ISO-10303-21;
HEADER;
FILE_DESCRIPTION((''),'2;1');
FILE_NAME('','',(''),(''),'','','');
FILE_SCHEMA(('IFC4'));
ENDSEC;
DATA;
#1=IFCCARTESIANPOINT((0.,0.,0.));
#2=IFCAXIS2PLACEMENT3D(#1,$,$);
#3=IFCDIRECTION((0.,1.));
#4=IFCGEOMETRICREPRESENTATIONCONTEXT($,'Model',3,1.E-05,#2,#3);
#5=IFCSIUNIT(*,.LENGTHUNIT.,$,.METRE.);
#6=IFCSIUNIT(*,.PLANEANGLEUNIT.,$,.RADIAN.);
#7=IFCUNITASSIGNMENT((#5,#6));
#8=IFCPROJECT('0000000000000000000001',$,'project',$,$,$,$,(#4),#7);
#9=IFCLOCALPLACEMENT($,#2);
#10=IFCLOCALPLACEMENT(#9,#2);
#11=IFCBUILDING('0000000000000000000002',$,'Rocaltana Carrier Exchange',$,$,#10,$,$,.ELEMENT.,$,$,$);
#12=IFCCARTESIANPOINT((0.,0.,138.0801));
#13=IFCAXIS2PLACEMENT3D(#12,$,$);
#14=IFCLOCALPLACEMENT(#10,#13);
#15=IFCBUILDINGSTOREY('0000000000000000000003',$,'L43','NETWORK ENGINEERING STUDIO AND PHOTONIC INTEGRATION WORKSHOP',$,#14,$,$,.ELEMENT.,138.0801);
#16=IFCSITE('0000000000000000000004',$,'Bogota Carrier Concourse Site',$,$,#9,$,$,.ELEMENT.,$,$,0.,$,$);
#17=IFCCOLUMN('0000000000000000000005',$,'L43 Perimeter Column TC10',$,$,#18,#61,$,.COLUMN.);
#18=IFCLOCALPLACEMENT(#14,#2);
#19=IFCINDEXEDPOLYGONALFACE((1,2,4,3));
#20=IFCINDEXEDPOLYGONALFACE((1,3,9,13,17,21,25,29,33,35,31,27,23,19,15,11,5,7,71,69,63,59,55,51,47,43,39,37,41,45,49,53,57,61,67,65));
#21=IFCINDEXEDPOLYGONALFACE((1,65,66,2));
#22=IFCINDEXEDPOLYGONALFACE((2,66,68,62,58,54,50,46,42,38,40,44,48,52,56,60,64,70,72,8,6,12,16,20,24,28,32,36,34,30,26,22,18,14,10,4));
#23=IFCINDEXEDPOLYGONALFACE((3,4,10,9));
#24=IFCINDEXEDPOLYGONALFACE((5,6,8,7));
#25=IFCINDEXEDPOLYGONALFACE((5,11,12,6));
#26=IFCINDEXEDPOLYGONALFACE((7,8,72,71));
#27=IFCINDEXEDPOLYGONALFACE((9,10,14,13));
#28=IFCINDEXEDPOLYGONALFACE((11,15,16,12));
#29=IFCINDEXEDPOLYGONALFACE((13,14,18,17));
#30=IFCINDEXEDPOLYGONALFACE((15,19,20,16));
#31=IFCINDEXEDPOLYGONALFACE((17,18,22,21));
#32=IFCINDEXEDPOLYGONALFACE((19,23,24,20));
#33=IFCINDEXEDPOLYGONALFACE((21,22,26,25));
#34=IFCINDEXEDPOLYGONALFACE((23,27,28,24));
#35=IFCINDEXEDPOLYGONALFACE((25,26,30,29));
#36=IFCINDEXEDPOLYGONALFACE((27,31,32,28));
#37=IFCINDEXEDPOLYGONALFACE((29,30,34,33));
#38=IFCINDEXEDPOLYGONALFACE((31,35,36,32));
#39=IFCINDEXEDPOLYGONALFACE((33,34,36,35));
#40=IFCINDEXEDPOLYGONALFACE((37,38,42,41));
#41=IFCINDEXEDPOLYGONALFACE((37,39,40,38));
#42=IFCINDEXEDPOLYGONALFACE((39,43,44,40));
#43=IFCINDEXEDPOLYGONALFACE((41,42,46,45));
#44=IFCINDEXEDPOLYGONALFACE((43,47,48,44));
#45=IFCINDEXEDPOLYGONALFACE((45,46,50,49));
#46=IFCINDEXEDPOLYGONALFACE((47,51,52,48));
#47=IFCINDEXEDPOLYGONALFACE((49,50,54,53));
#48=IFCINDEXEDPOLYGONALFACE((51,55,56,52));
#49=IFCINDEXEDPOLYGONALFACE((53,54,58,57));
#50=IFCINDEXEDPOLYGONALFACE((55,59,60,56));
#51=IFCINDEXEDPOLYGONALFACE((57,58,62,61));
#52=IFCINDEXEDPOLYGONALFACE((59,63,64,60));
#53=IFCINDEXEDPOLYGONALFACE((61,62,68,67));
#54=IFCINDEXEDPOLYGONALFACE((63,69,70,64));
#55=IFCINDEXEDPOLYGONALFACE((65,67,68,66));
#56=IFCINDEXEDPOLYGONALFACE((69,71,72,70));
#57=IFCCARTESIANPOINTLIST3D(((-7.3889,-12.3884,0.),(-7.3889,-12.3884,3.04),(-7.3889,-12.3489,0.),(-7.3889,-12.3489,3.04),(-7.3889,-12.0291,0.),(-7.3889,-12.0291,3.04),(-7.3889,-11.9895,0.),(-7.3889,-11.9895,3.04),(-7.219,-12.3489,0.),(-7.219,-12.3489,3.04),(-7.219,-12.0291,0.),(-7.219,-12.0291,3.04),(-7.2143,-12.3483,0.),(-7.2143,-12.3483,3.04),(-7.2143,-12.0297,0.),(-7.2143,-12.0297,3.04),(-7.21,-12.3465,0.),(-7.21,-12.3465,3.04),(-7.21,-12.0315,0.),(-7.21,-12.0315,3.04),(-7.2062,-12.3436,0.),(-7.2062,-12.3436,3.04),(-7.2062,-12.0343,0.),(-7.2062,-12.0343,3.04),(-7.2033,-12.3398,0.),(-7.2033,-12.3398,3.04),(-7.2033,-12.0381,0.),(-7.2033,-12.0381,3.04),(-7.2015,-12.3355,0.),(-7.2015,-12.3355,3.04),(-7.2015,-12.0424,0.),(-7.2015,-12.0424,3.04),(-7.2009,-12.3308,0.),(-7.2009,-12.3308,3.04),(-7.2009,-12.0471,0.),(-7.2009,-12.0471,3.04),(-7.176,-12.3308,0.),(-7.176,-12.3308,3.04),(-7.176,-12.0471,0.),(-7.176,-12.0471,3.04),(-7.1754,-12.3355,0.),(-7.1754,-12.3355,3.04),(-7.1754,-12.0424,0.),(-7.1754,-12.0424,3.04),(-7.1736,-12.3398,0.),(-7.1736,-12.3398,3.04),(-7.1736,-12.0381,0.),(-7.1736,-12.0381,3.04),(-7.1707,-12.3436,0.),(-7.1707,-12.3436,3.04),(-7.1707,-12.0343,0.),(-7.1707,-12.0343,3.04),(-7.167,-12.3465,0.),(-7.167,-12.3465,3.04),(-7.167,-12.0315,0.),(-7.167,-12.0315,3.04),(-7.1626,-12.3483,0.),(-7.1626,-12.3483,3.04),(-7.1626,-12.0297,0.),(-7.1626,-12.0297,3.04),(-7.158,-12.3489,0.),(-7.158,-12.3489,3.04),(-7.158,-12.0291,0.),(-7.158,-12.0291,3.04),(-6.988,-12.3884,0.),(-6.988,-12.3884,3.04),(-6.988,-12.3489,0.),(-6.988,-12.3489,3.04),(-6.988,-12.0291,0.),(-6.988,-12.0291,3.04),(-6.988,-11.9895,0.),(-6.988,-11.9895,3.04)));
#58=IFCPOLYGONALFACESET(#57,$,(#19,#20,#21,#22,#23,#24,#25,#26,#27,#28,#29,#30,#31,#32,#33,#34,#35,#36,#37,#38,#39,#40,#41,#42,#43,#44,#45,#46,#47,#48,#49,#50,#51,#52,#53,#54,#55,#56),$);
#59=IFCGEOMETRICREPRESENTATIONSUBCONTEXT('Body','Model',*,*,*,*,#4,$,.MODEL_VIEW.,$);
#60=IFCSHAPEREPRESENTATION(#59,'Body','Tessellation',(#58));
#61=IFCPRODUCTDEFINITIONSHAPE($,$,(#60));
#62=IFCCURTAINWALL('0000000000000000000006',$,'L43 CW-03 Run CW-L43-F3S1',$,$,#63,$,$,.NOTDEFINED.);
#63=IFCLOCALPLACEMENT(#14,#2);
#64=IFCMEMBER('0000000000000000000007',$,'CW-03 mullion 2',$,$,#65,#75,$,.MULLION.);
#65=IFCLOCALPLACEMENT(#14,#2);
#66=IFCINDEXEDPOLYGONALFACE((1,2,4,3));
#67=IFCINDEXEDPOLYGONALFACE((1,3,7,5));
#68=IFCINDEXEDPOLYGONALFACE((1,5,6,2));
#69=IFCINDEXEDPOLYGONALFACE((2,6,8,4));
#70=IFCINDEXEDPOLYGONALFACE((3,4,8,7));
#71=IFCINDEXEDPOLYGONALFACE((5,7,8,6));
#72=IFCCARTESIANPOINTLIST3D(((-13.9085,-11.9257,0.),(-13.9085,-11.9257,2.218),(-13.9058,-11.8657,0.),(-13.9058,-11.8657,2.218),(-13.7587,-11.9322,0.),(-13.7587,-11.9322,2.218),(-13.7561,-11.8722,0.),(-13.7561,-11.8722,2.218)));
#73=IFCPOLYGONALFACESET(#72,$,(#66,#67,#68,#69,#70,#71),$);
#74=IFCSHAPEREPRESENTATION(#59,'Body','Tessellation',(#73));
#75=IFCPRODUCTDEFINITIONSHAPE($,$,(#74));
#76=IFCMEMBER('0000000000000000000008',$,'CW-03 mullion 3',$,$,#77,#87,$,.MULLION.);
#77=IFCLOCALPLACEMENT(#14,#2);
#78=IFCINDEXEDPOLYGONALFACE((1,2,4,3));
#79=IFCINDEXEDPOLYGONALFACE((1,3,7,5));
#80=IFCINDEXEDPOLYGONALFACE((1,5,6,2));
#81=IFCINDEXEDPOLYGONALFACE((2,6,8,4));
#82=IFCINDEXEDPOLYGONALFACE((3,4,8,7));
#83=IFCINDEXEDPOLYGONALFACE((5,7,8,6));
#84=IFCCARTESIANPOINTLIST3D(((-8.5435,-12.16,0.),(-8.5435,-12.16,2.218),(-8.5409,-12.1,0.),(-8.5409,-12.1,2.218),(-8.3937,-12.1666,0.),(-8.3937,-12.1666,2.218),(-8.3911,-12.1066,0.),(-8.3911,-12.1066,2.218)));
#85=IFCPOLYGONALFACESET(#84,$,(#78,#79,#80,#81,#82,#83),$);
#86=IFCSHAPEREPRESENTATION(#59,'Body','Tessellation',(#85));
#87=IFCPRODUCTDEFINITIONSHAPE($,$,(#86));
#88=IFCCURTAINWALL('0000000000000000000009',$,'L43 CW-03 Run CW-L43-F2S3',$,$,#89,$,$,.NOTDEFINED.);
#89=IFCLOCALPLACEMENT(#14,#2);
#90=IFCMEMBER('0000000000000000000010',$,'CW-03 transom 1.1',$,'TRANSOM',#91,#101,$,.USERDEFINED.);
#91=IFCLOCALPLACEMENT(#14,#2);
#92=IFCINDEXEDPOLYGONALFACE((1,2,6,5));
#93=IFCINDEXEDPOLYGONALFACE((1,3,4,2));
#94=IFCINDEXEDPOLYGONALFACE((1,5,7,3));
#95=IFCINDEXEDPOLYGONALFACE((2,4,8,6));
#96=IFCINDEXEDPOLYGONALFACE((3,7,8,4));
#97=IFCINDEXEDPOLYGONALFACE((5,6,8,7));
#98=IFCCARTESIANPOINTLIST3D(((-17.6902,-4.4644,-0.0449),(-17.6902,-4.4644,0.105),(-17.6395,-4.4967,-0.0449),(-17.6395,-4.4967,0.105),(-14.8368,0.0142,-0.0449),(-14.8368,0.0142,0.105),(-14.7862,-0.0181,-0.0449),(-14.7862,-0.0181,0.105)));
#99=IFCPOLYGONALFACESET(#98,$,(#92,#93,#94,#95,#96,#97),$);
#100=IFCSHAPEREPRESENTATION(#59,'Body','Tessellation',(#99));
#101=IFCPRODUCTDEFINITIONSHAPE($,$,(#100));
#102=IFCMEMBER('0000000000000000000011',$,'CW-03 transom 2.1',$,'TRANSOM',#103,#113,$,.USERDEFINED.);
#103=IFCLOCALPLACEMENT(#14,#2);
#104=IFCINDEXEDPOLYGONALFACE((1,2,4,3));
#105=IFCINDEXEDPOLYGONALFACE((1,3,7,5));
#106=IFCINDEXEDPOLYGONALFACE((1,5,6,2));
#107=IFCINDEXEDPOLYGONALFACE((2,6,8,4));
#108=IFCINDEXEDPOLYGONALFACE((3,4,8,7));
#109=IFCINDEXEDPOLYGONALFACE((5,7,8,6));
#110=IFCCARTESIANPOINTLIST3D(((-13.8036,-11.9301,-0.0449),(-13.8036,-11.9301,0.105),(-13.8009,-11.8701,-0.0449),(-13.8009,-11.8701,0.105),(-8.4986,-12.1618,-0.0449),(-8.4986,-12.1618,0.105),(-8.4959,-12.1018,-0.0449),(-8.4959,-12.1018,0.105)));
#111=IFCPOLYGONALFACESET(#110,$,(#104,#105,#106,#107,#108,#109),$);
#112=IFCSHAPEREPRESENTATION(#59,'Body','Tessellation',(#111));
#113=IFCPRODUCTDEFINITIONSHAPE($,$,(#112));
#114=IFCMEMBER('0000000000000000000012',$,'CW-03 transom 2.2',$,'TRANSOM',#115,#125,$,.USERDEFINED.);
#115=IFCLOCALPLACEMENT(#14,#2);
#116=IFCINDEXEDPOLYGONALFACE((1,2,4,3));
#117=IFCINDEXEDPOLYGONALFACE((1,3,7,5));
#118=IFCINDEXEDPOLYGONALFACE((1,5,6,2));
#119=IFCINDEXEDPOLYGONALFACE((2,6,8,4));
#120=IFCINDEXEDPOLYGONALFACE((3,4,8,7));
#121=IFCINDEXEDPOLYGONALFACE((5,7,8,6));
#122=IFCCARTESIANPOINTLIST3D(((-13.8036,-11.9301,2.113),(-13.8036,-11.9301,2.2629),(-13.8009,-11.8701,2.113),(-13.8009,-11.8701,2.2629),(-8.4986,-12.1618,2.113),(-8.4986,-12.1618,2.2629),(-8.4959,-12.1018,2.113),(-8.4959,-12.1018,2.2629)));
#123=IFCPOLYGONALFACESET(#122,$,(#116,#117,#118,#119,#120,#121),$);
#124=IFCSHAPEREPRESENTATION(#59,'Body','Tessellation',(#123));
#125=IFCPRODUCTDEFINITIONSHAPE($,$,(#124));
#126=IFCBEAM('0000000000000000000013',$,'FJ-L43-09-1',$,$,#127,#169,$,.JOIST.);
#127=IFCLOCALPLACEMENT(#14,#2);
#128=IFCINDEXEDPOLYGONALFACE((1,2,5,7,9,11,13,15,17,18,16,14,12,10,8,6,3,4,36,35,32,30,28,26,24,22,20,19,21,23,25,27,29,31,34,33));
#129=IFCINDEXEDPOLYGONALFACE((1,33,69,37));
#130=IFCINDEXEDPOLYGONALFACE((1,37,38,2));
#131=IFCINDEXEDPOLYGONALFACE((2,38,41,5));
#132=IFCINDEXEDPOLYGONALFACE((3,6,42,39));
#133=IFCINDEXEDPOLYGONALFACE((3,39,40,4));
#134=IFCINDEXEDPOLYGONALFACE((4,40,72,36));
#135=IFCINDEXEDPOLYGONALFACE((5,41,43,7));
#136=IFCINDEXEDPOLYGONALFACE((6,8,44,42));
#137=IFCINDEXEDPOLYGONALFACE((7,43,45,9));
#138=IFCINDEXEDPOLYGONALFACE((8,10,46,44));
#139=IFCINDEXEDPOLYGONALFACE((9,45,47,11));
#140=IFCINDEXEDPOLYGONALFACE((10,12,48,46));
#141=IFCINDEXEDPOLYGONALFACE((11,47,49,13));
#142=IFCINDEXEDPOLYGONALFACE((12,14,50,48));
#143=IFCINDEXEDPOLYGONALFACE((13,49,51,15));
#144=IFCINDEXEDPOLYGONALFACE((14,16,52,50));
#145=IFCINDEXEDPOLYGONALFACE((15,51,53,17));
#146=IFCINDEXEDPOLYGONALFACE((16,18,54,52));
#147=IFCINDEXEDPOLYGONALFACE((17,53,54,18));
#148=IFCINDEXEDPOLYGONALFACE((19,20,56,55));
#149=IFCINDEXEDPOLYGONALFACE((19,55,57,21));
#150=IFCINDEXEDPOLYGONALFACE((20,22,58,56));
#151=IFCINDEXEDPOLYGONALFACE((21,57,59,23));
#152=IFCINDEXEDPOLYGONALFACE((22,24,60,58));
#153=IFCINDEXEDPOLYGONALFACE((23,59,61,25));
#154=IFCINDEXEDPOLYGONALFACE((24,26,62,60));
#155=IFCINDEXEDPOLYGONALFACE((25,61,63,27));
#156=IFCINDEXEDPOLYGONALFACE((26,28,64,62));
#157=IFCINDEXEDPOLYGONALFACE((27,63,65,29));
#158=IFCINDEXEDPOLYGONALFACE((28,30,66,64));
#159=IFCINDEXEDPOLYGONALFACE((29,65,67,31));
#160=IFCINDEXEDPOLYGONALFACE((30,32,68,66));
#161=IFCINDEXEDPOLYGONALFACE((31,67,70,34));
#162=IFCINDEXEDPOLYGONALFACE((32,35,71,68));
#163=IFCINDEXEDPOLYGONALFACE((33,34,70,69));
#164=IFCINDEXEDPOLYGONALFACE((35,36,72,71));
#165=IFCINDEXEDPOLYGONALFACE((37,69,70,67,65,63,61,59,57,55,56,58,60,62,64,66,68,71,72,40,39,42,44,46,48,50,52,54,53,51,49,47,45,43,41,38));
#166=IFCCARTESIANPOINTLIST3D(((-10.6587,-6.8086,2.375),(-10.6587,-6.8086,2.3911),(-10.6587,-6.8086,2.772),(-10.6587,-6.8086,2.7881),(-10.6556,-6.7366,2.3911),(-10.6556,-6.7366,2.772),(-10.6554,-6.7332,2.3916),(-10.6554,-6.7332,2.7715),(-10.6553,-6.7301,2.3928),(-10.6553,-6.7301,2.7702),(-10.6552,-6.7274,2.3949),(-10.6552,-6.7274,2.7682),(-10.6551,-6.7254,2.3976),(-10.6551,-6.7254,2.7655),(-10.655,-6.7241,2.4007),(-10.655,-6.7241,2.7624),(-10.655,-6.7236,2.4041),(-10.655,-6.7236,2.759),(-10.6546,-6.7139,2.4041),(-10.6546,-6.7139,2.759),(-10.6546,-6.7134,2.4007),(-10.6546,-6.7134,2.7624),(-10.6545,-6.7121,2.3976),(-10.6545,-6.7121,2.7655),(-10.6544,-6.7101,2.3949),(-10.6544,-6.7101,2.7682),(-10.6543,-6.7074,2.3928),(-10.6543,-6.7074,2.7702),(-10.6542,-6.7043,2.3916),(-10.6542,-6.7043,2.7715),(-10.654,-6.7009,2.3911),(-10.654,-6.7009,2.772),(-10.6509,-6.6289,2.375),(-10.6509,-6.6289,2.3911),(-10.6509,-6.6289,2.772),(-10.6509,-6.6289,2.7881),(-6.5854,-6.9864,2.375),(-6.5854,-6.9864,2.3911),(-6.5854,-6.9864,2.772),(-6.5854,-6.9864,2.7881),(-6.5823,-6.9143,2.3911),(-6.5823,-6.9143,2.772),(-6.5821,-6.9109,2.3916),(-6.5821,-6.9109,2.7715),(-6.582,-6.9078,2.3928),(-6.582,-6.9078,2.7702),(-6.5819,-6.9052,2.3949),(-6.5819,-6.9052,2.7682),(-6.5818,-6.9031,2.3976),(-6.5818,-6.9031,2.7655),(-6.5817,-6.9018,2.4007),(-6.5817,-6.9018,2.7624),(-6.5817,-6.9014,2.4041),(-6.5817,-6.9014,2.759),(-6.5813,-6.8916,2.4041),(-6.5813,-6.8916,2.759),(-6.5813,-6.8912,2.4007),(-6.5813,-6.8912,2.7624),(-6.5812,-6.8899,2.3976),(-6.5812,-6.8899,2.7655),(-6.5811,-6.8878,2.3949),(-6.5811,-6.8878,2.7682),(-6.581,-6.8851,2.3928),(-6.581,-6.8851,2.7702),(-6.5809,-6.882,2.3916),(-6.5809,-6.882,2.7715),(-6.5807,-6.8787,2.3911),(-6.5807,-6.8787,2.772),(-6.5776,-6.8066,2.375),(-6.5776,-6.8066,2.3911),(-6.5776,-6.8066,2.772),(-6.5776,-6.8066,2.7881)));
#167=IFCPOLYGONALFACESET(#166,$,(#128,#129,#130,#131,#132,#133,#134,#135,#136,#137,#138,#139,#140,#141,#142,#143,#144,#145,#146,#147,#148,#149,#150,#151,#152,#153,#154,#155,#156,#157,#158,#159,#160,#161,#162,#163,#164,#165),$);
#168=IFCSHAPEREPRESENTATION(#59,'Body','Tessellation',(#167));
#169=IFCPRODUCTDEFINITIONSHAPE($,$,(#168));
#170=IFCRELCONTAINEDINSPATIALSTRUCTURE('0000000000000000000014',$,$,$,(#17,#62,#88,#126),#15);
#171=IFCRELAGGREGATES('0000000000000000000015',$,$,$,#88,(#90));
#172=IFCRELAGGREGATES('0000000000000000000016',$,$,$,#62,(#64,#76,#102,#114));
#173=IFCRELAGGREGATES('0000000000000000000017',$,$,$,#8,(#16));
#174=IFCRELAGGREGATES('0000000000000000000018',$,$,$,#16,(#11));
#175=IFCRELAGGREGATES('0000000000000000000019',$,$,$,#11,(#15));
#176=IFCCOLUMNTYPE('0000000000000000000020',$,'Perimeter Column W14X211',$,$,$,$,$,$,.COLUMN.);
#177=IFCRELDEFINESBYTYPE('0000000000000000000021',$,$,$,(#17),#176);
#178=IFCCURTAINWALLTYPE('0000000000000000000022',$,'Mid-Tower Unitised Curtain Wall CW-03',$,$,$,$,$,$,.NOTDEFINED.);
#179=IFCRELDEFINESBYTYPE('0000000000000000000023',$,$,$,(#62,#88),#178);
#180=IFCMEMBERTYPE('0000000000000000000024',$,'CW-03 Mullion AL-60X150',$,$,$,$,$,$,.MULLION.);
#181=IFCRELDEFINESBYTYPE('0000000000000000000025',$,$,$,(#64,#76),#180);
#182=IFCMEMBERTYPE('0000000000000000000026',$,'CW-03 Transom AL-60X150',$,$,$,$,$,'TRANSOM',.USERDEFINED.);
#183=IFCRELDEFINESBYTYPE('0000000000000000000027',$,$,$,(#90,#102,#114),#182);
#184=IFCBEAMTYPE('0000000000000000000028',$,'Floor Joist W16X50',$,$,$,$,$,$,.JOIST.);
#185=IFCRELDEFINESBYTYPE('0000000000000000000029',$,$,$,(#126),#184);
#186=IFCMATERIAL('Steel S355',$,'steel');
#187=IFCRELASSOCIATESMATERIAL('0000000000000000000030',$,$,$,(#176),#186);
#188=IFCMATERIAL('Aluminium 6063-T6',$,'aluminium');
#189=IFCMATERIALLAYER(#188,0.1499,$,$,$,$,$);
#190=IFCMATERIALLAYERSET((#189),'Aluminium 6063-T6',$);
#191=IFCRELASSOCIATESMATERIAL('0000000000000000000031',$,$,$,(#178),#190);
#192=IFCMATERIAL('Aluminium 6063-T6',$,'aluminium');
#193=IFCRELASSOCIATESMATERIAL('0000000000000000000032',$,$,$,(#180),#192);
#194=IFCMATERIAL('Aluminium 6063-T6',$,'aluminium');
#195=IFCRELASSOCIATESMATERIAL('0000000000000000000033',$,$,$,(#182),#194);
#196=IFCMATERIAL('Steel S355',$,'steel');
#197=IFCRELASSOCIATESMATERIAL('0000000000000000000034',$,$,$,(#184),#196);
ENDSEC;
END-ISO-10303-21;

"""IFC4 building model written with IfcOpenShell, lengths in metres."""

from ifc_helpers import new_model, si_unit, direction, frame, origin, origin_2d, place, context, subcontext, project, spatial, rectangle, i_section, extrude, material, layer, layer_set, material_profile, profile_set, type_object, element, aggregate, save


model = new_model("IFC4")

# Units and contexts
model_context = context("Model", 3, precision=1e-05, world=origin(), true_north=direction((0.0, 1.0)))
body_context = subcontext(model_context, "Body", "Model", "MODEL_VIEW")
ifc_project = project(units=[si_unit("LENGTHUNIT", "METRE"), si_unit("PLANEANGLEUNIT", "RADIAN")], contexts=[model_context])

# Site, building, storey
site_placement = place(None, origin())
site = spatial("IfcSite", under=ifc_project, at=site_placement, Name="Bogota Carrier Concourse Site", CompositionType="ELEMENT", RefElevation=0.0)
building_placement = place(site_placement, origin())
building = spatial("IfcBuilding", under=site, at=building_placement, Name="Rocaltana Carrier Exchange", CompositionType="ELEMENT")
storey_placement = place(building_placement, frame((0.0, 0.0, 138.0801)))
storey = spatial("IfcBuildingStorey", under=building, at=storey_placement, Name="L43", Description="NETWORK ENGINEERING STUDIO AND PHOTONIC INTEGRATION WORKSHOP", CompositionType="ELEMENT", Elevation=138.0801)

# Column
ifc_material_1 = material(Name="Steel S355", Category="steel")
ifc_material_profile_1 = material_profile(ifc_material_1, i_section(OverallWidth=0.4009, OverallDepth=0.3989, WebThickness=0.0249, FlangeThickness=0.0396, FilletRadius=0.0181, at=origin_2d()), Name="W14X211")
ifc_profile_set_1 = profile_set([ifc_material_profile_1], Name="Steel S355")
column_type = type_object("IfcColumnType", Name="Perimeter Column W14X211", PredefinedType="COLUMN", material=ifc_profile_set_1)
column_placement = place(storey_placement, frame((-7.1885, -12.189, 0.0), z_axis=(0.0, 0.0, 1.0), x_axis=(1.0, 0.0, 0.0)))
element("IfcColumn", 1, at=column_placement, inside=storey, type_object=column_type, Name="L43 Perimeter Column TC10", PredefinedType="COLUMN", context=body_context, shape_type="SweptSolid", body=[
    extrude(i_section(OverallWidth=0.4009, OverallDepth=0.3989, WebThickness=0.0249, FlangeThickness=0.0396, FilletRadius=0.0181, at=origin_2d()), origin(), (0.0, 0.0, 1.0), 3.04),
])

# Curtain wall, members
ifc_material_2 = material(Name="Aluminium 6063-T6", Category="aluminium")
ifc_layer_1 = layer(ifc_material_2, 0.1499)
ifc_layer_set_1 = layer_set([ifc_layer_1], Name="Aluminium 6063-T6")
curtain_wall_type = type_object("IfcCurtainWallType", Name="Mid-Tower Unitised Curtain Wall CW-03", PredefinedType="NOTDEFINED", material=ifc_layer_set_1)
curtain_wall_1_placement = place(storey_placement, origin())
curtain_wall_1 = element("IfcCurtainWall", 2, at=curtain_wall_1_placement, inside=storey, type_object=curtain_wall_type, Name="L43 CW-03 Run CW-L43-F3S1", PredefinedType="NOTDEFINED")
ifc_material_3 = material(Name="Aluminium 6063-T6", Category="aluminium")
ifc_material_profile_2 = material_profile(ifc_material_3, rectangle(XDim=0.0601, YDim=0.1499, at=origin_2d()), Name="AL-60X150")
ifc_profile_set_2 = profile_set([ifc_material_profile_2], Name="Aluminium 6063-T6")
member_type_1 = type_object("IfcMemberType", Name="CW-03 Mullion AL-60X150", PredefinedType="MULLION", material=ifc_profile_set_2)
member_1_placement = place(storey_placement, frame((-13.8323, -11.8989, 0.0), z_axis=(0.0, 0.0, 1.0), x_axis=(0.043629, 0.999048, 0.0)))
member_1 = element("IfcMember", 3, at=member_1_placement, type_object=member_type_1, Name="CW-03 mullion 2", PredefinedType="MULLION", context=body_context, shape_type="SweptSolid", body=[
    extrude(rectangle(XDim=0.0601, YDim=0.1499, at=origin_2d()), origin(), (0.0, 0.0, 1.0), 2.218),
])
member_2_placement = place(storey_placement, frame((-8.4673, -12.1333, 0.0), z_axis=(0.0, 0.0, 1.0), x_axis=(0.043629, 0.999048, 0.0)))
member_2 = element("IfcMember", 4, at=member_2_placement, type_object=member_type_1, Name="CW-03 mullion 3", PredefinedType="MULLION", context=body_context, shape_type="SweptSolid", body=[
    extrude(rectangle(XDim=0.0601, YDim=0.1499, at=origin_2d()), origin(), (0.0, 0.0, 1.0), 2.218),
])

# Curtain wall, member
curtain_wall_2_placement = place(storey_placement, origin())
curtain_wall_2 = element("IfcCurtainWall", 5, at=curtain_wall_2_placement, inside=storey, type_object=curtain_wall_type, Name="L43 CW-03 Run CW-L43-F2S3", PredefinedType="NOTDEFINED")
ifc_material_4 = material(Name="Aluminium 6063-T6", Category="aluminium")
ifc_material_profile_3 = material_profile(ifc_material_4, rectangle(XDim=0.0601, YDim=0.1499, at=origin_2d()), Name="AL-60X150")
ifc_profile_set_3 = profile_set([ifc_material_profile_3], Name="Aluminium 6063-T6")
member_type_2 = type_object("IfcMemberType", Name="CW-03 Transom AL-60X150", ElementType="TRANSOM", PredefinedType="USERDEFINED", material=ifc_profile_set_3)
member_3_placement = place(storey_placement, frame((-14.8115, -0.002, 0.03), z_axis=(-0.537319, -0.843379, 0.0), x_axis=(0.843379, -0.537319, 0.0)))
member_3 = element("IfcMember", 6, at=member_3_placement, type_object=member_type_2, Name="CW-03 transom 1.1", ObjectType="TRANSOM", PredefinedType="USERDEFINED", context=body_context, shape_type="SweptSolid", body=[
    extrude(rectangle(XDim=0.0601, YDim=0.1499, at=origin_2d()), origin(), (0.0, 0.0, 1.0), 5.3103),
])

# Members
member_4_placement = place(storey_placement, frame((-13.8022, -11.9001, 0.03), z_axis=(0.999048, -0.043633, 0.0), x_axis=(0.043633, 0.999048, 0.0)))
member_4 = element("IfcMember", 7, at=member_4_placement, type_object=member_type_2, Name="CW-03 transom 2.1", ObjectType="TRANSOM", PredefinedType="USERDEFINED", context=body_context, shape_type="SweptSolid", body=[
    extrude(rectangle(XDim=0.0601, YDim=0.1499, at=origin_2d()), origin(), (0.0, 0.0, 1.0), 5.3101),
])
member_5_placement = place(storey_placement, frame((-13.8022, -11.9001, 2.188), z_axis=(0.999048, -0.043633, 0.0), x_axis=(0.043633, 0.999048, 0.0)))
member_5 = element("IfcMember", 8, at=member_5_placement, type_object=member_type_2, Name="CW-03 transom 2.2", ObjectType="TRANSOM", PredefinedType="USERDEFINED", context=body_context, shape_type="SweptSolid", body=[
    extrude(rectangle(XDim=0.0601, YDim=0.1499, at=origin_2d()), origin(), (0.0, 0.0, 1.0), 5.3101),
])

# Beam
ifc_material_5 = material(Name="Steel S355", Category="steel")
ifc_material_profile_4 = material_profile(ifc_material_5, i_section(OverallWidth=0.1799, OverallDepth=0.4131, WebThickness=0.0098, FlangeThickness=0.0161, FilletRadius=0.0129, at=origin_2d()), Name="W16X50")
ifc_profile_set_4 = profile_set([ifc_material_profile_4], Name="Steel S355")
beam_type = type_object("IfcBeamType", Name="Floor Joist W16X50", PredefinedType="JOIST", material=ifc_profile_set_4)
beam_1_placement = place(storey_placement, frame((-10.6548, -6.7188, 2.5815), z_axis=(0.999049, -0.043593, 0.0), x_axis=(0.043593, 0.999049, 0.0)))
element("IfcBeam", 9, at=beam_1_placement, inside=storey, type_object=beam_type, Name="FJ-L43-09-1", PredefinedType="JOIST", context=body_context, shape_type="SweptSolid", body=[
    extrude(i_section(OverallWidth=0.1799, OverallDepth=0.4131, WebThickness=0.0098, FlangeThickness=0.0161, FilletRadius=0.0129, at=origin_2d()), origin(), (0.0, 0.0, 1.0), 4.0771),
])

aggregate(curtain_wall_2, [member_3])
aggregate(curtain_wall_1, [member_1, member_2, member_4, member_5])

save(model, "model.ifc")
